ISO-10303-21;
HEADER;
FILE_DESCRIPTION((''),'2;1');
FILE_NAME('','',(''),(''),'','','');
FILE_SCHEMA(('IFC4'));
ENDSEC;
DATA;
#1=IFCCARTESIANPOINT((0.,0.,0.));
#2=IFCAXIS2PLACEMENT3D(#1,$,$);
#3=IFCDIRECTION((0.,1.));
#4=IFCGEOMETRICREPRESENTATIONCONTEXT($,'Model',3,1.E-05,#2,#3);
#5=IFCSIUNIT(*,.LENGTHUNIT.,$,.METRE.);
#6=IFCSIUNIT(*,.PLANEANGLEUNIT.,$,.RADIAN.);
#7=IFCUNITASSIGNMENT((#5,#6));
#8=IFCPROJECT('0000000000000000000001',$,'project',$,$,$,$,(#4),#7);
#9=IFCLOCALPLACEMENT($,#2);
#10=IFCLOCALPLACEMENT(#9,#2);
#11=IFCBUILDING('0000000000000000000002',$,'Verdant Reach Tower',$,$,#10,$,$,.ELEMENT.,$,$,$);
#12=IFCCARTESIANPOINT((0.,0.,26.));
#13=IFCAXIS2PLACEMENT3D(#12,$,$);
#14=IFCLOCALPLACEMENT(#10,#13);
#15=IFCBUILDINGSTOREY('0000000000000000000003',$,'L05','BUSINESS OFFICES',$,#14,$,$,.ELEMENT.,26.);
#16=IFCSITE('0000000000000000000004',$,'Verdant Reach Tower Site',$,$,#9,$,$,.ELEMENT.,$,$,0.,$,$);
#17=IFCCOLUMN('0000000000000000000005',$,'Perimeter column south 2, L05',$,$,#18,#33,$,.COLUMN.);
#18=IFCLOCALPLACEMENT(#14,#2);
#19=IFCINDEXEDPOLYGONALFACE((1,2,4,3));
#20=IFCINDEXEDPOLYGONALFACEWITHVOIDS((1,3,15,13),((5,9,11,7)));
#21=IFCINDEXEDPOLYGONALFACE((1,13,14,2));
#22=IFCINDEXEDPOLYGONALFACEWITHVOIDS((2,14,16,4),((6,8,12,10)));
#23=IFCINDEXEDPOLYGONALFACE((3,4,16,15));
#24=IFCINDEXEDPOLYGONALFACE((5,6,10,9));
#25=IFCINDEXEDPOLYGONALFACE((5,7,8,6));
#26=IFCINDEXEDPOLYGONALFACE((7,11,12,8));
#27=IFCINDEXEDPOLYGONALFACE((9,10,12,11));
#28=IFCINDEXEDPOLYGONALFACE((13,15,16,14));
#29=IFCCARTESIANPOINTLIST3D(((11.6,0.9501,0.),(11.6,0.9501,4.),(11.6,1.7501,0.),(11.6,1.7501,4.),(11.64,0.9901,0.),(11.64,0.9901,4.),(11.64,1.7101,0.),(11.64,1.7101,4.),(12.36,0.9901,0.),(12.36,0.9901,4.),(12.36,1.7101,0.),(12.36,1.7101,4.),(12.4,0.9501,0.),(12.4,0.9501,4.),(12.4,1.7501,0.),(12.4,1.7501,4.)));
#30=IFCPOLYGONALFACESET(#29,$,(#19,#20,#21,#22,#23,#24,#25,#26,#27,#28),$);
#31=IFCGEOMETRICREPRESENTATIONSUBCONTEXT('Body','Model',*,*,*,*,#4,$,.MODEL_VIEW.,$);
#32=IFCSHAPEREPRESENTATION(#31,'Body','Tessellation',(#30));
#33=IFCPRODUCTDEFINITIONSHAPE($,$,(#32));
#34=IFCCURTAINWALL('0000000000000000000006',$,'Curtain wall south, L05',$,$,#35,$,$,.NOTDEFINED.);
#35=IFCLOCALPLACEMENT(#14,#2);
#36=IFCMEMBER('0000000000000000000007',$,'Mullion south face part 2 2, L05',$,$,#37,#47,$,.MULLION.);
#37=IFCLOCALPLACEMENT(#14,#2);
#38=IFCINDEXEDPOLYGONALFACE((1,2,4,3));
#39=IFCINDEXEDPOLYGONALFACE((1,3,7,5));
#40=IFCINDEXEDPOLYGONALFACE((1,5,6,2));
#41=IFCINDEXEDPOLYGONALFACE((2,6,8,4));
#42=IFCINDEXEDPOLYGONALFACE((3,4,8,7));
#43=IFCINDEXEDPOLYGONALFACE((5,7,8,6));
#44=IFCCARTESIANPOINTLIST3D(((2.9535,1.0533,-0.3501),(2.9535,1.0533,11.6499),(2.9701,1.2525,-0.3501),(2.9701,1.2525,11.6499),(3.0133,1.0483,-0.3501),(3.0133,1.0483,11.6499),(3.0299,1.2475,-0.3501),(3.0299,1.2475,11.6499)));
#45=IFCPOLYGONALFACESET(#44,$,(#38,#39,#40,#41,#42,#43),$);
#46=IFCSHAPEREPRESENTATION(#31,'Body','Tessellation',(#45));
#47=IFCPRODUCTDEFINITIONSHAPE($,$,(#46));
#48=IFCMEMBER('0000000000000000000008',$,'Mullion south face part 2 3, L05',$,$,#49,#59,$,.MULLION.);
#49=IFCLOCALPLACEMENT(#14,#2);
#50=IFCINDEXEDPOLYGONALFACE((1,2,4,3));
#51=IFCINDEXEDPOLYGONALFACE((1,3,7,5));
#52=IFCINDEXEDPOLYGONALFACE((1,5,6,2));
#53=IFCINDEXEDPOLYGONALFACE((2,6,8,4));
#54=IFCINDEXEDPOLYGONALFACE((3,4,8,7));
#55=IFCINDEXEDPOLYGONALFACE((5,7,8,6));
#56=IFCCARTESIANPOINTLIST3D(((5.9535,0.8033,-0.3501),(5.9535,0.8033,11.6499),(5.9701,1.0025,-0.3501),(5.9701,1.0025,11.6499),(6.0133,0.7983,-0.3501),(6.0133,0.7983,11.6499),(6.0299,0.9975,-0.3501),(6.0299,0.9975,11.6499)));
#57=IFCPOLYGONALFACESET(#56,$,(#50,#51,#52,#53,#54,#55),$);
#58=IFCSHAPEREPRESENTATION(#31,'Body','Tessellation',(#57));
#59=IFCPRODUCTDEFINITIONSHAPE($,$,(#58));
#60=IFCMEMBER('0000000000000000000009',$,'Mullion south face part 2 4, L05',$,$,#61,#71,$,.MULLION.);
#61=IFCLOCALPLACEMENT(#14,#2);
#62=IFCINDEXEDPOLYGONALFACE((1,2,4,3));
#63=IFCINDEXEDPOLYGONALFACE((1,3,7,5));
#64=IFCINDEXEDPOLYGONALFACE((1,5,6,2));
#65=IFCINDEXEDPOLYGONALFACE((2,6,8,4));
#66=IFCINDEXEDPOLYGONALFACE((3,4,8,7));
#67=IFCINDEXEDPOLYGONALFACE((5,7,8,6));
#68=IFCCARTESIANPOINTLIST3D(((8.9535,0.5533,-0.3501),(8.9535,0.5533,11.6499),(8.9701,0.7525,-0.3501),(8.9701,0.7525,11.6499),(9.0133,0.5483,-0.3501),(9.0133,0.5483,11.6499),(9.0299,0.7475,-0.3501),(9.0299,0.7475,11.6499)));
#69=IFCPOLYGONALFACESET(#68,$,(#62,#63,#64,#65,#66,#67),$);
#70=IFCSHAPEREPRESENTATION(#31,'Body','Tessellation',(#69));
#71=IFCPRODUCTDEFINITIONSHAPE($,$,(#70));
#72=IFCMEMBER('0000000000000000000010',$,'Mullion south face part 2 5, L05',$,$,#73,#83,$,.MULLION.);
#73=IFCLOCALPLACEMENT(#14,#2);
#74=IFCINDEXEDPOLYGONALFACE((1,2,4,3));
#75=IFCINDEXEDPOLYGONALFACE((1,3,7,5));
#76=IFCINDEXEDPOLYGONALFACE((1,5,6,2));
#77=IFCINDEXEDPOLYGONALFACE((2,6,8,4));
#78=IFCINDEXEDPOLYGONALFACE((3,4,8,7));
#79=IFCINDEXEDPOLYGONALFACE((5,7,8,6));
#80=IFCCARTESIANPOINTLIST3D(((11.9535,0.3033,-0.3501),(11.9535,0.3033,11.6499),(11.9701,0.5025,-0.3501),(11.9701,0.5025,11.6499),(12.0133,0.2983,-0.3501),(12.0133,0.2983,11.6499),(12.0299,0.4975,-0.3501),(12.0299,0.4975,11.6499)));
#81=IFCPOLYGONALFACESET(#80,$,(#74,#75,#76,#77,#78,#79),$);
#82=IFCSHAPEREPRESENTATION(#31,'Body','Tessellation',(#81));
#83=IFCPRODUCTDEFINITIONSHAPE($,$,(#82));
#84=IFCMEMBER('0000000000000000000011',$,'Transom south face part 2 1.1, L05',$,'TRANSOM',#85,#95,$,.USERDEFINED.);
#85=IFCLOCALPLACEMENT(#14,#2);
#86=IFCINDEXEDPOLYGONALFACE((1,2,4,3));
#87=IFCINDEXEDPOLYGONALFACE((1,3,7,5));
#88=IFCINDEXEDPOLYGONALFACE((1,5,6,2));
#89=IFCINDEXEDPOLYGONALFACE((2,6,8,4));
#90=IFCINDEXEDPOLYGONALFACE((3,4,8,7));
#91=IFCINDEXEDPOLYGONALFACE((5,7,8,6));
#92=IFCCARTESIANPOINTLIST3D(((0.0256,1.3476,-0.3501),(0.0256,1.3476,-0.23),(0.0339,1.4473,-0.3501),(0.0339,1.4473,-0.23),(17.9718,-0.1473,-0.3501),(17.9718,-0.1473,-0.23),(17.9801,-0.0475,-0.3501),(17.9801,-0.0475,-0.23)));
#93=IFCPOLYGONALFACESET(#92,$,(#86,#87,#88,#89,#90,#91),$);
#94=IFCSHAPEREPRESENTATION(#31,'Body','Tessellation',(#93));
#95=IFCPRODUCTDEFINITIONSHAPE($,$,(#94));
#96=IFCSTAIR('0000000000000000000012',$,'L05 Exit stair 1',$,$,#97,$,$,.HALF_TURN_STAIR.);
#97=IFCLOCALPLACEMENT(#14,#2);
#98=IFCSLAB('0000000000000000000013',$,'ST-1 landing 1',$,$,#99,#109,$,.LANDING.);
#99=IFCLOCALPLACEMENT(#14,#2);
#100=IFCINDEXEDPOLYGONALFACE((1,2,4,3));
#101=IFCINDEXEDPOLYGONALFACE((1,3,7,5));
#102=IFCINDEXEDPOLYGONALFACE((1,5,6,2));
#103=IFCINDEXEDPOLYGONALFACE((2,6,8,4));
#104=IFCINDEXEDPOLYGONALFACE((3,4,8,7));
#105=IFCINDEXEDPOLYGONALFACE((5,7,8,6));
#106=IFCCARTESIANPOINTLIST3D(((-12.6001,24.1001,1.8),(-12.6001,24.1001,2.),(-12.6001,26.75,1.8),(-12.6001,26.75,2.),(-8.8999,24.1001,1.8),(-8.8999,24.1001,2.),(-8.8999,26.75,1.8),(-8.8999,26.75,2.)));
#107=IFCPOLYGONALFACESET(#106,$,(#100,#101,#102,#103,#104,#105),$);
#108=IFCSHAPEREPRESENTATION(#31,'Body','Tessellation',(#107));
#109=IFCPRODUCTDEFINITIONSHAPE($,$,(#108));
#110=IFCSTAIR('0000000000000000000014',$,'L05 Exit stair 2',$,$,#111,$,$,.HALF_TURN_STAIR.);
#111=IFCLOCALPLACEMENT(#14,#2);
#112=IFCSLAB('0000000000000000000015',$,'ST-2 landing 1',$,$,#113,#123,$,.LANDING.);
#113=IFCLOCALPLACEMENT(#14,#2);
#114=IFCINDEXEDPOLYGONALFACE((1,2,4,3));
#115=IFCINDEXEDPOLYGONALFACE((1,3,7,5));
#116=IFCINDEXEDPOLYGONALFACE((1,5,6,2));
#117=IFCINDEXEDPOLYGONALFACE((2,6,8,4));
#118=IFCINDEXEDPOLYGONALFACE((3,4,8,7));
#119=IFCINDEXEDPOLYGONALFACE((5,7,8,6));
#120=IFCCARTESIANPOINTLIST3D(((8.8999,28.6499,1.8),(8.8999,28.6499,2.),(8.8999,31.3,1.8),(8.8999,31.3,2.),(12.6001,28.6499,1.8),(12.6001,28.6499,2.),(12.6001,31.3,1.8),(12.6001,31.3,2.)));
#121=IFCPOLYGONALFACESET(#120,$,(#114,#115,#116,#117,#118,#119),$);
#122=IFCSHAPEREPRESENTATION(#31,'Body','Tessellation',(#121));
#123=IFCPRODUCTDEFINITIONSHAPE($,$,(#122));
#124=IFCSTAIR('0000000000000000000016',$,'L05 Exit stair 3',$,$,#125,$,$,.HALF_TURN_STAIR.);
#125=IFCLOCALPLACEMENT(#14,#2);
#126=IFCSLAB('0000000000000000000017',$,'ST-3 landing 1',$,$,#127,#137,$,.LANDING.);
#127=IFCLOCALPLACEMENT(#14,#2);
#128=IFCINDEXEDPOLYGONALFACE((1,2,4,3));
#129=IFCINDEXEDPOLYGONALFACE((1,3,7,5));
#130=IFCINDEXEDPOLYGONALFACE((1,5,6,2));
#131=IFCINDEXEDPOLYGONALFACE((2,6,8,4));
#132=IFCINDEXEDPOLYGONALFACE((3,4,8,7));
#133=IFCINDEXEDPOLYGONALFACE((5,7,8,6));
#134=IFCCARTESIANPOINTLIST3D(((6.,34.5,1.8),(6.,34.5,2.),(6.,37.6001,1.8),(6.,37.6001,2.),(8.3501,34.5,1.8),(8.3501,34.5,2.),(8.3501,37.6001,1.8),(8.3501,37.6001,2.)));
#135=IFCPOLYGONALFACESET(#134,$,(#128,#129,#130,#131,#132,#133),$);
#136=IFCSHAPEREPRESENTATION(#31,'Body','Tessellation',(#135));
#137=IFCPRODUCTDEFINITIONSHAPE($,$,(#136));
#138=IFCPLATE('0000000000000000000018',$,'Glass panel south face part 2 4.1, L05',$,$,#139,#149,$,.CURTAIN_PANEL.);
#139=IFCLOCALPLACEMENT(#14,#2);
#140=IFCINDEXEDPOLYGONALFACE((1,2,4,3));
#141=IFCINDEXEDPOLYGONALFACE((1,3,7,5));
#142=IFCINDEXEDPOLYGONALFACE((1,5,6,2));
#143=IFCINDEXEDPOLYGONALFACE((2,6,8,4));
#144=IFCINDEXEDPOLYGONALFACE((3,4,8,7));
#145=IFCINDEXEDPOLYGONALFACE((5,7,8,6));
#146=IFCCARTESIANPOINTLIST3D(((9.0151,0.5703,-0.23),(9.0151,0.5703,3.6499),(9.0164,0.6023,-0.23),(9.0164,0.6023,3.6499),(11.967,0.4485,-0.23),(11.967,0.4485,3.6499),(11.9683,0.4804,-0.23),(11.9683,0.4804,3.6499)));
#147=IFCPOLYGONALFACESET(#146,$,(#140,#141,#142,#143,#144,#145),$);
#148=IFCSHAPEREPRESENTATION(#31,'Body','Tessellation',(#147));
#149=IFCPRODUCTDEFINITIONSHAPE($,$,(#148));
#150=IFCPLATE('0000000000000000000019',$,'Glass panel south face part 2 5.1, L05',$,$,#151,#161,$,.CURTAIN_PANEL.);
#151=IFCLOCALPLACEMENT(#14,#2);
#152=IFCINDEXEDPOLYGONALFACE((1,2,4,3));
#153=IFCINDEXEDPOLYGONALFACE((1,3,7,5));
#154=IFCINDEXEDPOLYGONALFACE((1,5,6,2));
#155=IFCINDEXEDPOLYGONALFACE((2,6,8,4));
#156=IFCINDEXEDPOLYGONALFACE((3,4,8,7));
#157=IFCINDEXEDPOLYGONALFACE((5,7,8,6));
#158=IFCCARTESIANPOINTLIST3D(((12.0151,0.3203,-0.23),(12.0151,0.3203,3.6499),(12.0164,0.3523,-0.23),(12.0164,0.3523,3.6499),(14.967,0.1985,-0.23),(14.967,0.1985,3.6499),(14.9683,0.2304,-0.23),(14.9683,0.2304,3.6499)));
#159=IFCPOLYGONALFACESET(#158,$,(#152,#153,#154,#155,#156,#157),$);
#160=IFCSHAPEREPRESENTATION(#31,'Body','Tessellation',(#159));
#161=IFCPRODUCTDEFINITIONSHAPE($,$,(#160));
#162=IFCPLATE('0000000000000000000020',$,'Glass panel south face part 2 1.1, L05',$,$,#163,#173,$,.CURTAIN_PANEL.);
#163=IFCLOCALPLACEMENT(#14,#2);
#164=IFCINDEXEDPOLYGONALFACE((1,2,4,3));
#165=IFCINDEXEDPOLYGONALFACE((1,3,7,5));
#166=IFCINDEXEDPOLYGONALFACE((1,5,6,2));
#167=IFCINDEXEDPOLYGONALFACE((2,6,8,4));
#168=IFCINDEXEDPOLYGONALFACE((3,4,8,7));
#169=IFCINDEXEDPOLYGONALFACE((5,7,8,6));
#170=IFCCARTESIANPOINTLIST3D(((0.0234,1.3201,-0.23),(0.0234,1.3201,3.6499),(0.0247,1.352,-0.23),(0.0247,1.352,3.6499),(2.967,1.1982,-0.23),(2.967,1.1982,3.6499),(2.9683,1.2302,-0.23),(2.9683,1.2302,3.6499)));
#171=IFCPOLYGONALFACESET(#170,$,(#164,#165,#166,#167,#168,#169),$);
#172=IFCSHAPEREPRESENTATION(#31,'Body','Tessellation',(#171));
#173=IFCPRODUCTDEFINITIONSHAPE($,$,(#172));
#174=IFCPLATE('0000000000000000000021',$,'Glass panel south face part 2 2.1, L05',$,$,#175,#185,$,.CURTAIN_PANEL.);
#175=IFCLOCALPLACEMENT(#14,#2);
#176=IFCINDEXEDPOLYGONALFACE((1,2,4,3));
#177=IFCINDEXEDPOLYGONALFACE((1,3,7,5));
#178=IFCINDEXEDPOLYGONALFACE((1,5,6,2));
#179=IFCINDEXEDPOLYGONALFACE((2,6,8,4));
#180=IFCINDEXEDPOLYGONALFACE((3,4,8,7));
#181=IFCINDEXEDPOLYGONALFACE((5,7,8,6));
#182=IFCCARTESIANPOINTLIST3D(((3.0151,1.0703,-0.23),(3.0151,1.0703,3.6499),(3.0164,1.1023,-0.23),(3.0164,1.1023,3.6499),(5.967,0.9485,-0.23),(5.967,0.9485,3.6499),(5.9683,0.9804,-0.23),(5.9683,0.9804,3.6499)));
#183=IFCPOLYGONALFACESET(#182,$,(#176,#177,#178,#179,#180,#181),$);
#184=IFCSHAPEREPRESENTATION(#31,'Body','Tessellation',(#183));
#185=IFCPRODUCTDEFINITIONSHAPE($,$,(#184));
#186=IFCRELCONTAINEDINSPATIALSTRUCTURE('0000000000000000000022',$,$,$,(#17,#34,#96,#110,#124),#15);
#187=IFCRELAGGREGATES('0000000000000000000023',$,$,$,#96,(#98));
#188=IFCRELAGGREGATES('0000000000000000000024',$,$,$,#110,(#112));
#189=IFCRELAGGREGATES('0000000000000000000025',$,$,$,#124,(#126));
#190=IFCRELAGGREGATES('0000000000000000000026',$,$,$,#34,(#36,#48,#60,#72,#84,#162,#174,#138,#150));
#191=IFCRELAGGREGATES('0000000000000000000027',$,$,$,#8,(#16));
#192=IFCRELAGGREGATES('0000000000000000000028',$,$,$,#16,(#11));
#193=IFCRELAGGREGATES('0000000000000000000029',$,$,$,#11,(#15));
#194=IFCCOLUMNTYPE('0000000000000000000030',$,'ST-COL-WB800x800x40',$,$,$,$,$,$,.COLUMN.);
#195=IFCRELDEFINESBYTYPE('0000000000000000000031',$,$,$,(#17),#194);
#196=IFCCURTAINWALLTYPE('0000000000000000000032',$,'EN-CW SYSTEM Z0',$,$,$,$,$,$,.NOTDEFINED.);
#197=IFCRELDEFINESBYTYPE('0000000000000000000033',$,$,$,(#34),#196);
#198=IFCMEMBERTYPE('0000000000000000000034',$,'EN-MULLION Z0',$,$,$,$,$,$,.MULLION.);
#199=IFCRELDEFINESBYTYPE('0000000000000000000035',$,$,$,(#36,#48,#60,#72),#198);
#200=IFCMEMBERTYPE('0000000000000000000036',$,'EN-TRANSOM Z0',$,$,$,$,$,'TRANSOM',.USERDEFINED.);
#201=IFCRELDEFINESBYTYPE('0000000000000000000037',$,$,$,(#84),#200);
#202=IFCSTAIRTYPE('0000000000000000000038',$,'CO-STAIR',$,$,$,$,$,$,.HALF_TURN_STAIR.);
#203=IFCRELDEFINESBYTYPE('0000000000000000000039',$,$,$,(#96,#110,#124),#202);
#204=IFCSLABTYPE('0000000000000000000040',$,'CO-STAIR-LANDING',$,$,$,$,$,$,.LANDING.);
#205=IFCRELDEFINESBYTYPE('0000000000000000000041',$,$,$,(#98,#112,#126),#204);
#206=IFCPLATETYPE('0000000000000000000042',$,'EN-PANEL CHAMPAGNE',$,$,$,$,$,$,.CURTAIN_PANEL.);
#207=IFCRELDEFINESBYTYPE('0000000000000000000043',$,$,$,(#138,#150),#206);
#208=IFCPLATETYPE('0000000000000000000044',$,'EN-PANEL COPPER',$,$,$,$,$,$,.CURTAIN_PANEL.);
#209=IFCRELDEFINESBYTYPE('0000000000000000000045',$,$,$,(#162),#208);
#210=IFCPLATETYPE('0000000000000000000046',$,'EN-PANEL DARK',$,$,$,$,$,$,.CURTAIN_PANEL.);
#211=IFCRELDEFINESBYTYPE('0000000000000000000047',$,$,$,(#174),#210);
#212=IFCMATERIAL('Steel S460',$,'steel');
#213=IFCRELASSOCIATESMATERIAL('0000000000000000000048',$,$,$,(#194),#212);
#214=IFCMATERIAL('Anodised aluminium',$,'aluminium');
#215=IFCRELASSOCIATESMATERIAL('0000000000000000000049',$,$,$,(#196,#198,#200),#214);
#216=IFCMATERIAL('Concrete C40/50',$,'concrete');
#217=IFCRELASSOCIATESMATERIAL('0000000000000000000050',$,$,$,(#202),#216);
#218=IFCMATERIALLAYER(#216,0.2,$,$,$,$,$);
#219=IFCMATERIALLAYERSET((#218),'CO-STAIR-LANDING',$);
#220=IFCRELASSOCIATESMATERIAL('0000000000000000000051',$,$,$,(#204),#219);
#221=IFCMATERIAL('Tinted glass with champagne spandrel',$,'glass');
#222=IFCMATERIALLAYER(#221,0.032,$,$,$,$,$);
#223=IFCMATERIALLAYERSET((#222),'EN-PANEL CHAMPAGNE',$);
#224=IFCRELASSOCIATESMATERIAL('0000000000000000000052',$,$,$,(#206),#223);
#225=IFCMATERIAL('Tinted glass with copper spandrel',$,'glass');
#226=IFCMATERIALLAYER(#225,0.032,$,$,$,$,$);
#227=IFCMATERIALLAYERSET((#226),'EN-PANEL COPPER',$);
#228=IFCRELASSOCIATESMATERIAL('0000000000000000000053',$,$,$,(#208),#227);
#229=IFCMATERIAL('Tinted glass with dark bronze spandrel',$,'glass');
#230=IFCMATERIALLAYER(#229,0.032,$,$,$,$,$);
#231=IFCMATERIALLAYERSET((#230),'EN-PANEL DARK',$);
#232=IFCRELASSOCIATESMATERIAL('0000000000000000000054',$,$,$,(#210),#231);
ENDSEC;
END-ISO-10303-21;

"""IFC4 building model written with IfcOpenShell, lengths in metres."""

from ifc_helpers import new_model, si_unit, direction, frame, origin, origin_2d, place, context, subcontext, project, spatial, polyline, rectangle, hollow_rectangle, outline, extrude, material, layer, layer_set, material_profile, profile_set, type_object, element, aggregate, save


model = new_model("IFC4")

# Units and contexts
model_context = context("Model", 3, precision=1e-05, world=origin(), true_north=direction((0.0, 1.0)))
body_context = subcontext(model_context, "Body", "Model", "MODEL_VIEW")
ifc_project = project(units=[si_unit("LENGTHUNIT", "METRE"), si_unit("PLANEANGLEUNIT", "RADIAN")], contexts=[model_context])

# Site, building, storey
site_placement = place(None, origin())
site = spatial("IfcSite", under=ifc_project, at=site_placement, Name="Verdant Reach Tower Site", CompositionType="ELEMENT", RefElevation=0.0)
building_placement = place(site_placement, origin())
building = spatial("IfcBuilding", under=site, at=building_placement, Name="Verdant Reach Tower", CompositionType="ELEMENT")
storey_placement = place(building_placement, frame((0.0, 0.0, 26.0)))
storey = spatial("IfcBuildingStorey", under=building, at=storey_placement, Name="L05", Description="BUSINESS OFFICES", CompositionType="ELEMENT", Elevation=26.0)

# Column
ifc_material_1 = material(Name="Steel S460", Category="steel")
ifc_material_profile_1 = material_profile(ifc_material_1, hollow_rectangle(XDim=0.8, YDim=0.8, WallThickness=0.04, at=origin_2d()), Name="WB 800x800x40")
ifc_profile_set_1 = profile_set([ifc_material_profile_1], Name="Steel S460")
column_type = type_object("IfcColumnType", Name="ST-COL-WB800x800x40", PredefinedType="COLUMN", material=ifc_profile_set_1)
column_placement = place(storey_placement, frame((12.0, 1.3501, 0.0), z_axis=(0.0, 0.0, 1.0), x_axis=(1.0, 0.0, 0.0)))
element("IfcColumn", 1, at=column_placement, inside=storey, type_object=column_type, Name="Perimeter column south 2, L05", PredefinedType="COLUMN", context=body_context, shape_type="SweptSolid", body=[
    extrude(hollow_rectangle(XDim=0.8, YDim=0.8, WallThickness=0.04, at=origin_2d()), origin(), (0.0, 0.0, 1.0), 4.0),
])

# Curtain wall, members
ifc_material_2 = material(Name="Anodised aluminium", Category="aluminium")
curtain_wall_type = type_object("IfcCurtainWallType", Name="EN-CW SYSTEM Z0", PredefinedType="NOTDEFINED", material=ifc_material_2)
curtain_wall_placement = place(storey_placement, origin())
curtain_wall = element("IfcCurtainWall", 2, at=curtain_wall_placement, inside=storey, type_object=curtain_wall_type, Name="Curtain wall south, L05", PredefinedType="NOTDEFINED")
ifc_material_profile_2 = material_profile(ifc_material_2, rectangle(XDim=0.2, YDim=0.0601, at=origin_2d()), Name="Mullion 60x200")
ifc_profile_set_2 = profile_set([ifc_material_profile_2], Name="Anodised aluminium")
member_type_1 = type_object("IfcMemberType", Name="EN-MULLION Z0", PredefinedType="MULLION", material=ifc_profile_set_2)
member_1_placement = place(storey_placement, frame((2.9917, 1.1504, -0.3501), z_axis=(0.0, 0.0, 1.0), x_axis=(-0.083045, -0.996546, 0.0)))
member_1 = element("IfcMember", 3, at=member_1_placement, type_object=member_type_1, Name="Mullion south face part 2 2, L05", PredefinedType="MULLION", context=body_context, shape_type="SweptSolid", body=[
    extrude(rectangle(XDim=0.2, YDim=0.0601, at=origin_2d()), origin(), (0.0, 0.0, 1.0), 12.0),
])
member_2_placement = place(storey_placement, frame((5.9917, 0.9004, -0.3501), z_axis=(0.0, 0.0, 1.0), x_axis=(-0.083045, -0.996546, 0.0)))
member_2 = element("IfcMember", 4, at=member_2_placement, type_object=member_type_1, Name="Mullion south face part 2 3, L05", PredefinedType="MULLION", context=body_context, shape_type="SweptSolid", body=[
    extrude(rectangle(XDim=0.2, YDim=0.0601, at=origin_2d()), origin(), (0.0, 0.0, 1.0), 12.0),
])
member_3_placement = place(storey_placement, frame((8.9917, 0.6504, -0.3501), z_axis=(0.0, 0.0, 1.0), x_axis=(-0.083045, -0.996546, 0.0)))
member_3 = element("IfcMember", 5, at=member_3_placement, type_object=member_type_1, Name="Mullion south face part 2 4, L05", PredefinedType="MULLION", context=body_context, shape_type="SweptSolid", body=[
    extrude(rectangle(XDim=0.2, YDim=0.0601, at=origin_2d()), origin(), (0.0, 0.0, 1.0), 12.0),
])
member_4_placement = place(storey_placement, frame((11.9917, 0.4004, -0.3501), z_axis=(0.0, 0.0, 1.0), x_axis=(-0.083045, -0.996546, 0.0)))
member_4 = element("IfcMember", 6, at=member_4_placement, type_object=member_type_1, Name="Mullion south face part 2 5, L05", PredefinedType="MULLION", context=body_context, shape_type="SweptSolid", body=[
    extrude(rectangle(XDim=0.2, YDim=0.0601, at=origin_2d()), origin(), (0.0, 0.0, 1.0), 12.0),
])
ifc_material_profile_3 = material_profile(ifc_material_2, rectangle(XDim=0.1001, YDim=0.1201, at=origin_2d()), Name="Transom 120x100")
ifc_profile_set_3 = profile_set([ifc_material_profile_3], Name="Anodised aluminium")
member_type_2 = type_object("IfcMemberType", Name="EN-TRANSOM Z0", ElementType="TRANSOM", PredefinedType="USERDEFINED", material=ifc_profile_set_3)
member_5_placement = place(storey_placement, frame((0.0298, 1.3975, -0.29), z_axis=(0.996549, -0.083011, 0.0), x_axis=(0.083011, 0.996549, 0.0)))
member_5 = element("IfcMember", 7, at=member_5_placement, type_object=member_type_2, Name="Transom south face part 2 1.1, L05", ObjectType="TRANSOM", PredefinedType="USERDEFINED", context=body_context, shape_type="SweptSolid", body=[
    extrude(rectangle(XDim=0.1001, YDim=0.1201, at=origin_2d()), origin(), (0.0, 0.0, 1.0), 18.0083),
])

# Stairs, slabs
ifc_material_3 = material(Name="Concrete C40/50", Category="concrete")
stair_type = type_object("IfcStairType", Name="CO-STAIR", PredefinedType="HALF_TURN_STAIR", material=ifc_material_3)
stair_1_placement = place(storey_placement, origin())
stair_1 = element("IfcStair", 8, at=stair_1_placement, inside=storey, type_object=stair_type, Name="L05 Exit stair 1", PredefinedType="HALF_TURN_STAIR")
ifc_layer_1 = layer(ifc_material_3, 0.2)
ifc_layer_set_1 = layer_set([ifc_layer_1], Name="CO-STAIR-LANDING")
slab_type = type_object("IfcSlabType", Name="CO-STAIR-LANDING", PredefinedType="LANDING", material=ifc_layer_set_1)
slab_1_placement = place(storey_placement, frame((0.0, 0.0, 1.8)))
slab_1 = element("IfcSlab", 9, at=slab_1_placement, type_object=slab_type, Name="ST-1 landing 1", PredefinedType="LANDING", context=body_context, shape_type="SweptSolid", body=[
    extrude(outline(polyline([(-12.6001, 26.75), (-12.6001, 24.1001), (-8.8999, 24.1001), (-8.8999, 26.75), (-12.6001, 26.75)])), origin(), (0.0, 0.0, 1.0), 0.2),
])
aggregate(stair_1, [slab_1])
stair_2_placement = place(storey_placement, origin())
stair_2 = element("IfcStair", 10, at=stair_2_placement, inside=storey, type_object=stair_type, Name="L05 Exit stair 2", PredefinedType="HALF_TURN_STAIR")
slab_2_placement = place(storey_placement, frame((0.0, 0.0, 1.8)))
slab_2 = element("IfcSlab", 11, at=slab_2_placement, type_object=slab_type, Name="ST-2 landing 1", PredefinedType="LANDING", context=body_context, shape_type="SweptSolid", body=[
    extrude(outline(polyline([(12.6001, 28.6499), (12.6001, 31.3), (8.8999, 31.3), (8.8999, 28.6499), (12.6001, 28.6499)])), origin(), (0.0, 0.0, 1.0), 0.2),
])
aggregate(stair_2, [slab_2])
stair_3_placement = place(storey_placement, origin())
stair_3 = element("IfcStair", 12, at=stair_3_placement, inside=storey, type_object=stair_type, Name="L05 Exit stair 3", PredefinedType="HALF_TURN_STAIR")
slab_3_placement = place(storey_placement, frame((0.0, 0.0, 1.8)))
slab_3 = element("IfcSlab", 13, at=slab_3_placement, type_object=slab_type, Name="ST-3 landing 1", PredefinedType="LANDING", context=body_context, shape_type="SweptSolid", body=[
    extrude(outline(polyline([(8.3501, 37.6001), (6.0, 37.6001), (6.0, 34.5), (8.3501, 34.5), (8.3501, 37.6001)])), origin(), (0.0, 0.0, 1.0), 0.2),
])
aggregate(stair_3, [slab_3])

# Plates
ifc_material_4 = material(Name="Tinted glass with champagne spandrel", Category="glass")
ifc_layer_2 = layer(ifc_material_4, 0.032)
ifc_layer_set_2 = layer_set([ifc_layer_2], Name="EN-PANEL CHAMPAGNE")
plate_type_1 = type_object("IfcPlateType", Name="EN-PANEL CHAMPAGNE", PredefinedType="CURTAIN_PANEL", material=ifc_layer_set_2)
plate_1_placement = place(storey_placement, frame((10.4917, 0.5254, -0.23), z_axis=(0.0, 0.0, 1.0), x_axis=(0.999149, -0.041242, 0.0)))
plate_1 = element("IfcPlate", 14, at=plate_1_placement, type_object=plate_type_1, Name="Glass panel south face part 2 4.1, L05", PredefinedType="CURTAIN_PANEL", context=body_context, shape_type="SweptSolid", body=[
    extrude(rectangle(XDim=2.9543, YDim=0.032, at=origin_2d()), origin(), (0.0, 0.0, 1.0), 3.8799),
])
plate_2_placement = place(storey_placement, frame((13.4917, 0.2754, -0.23), z_axis=(0.0, 0.0, 1.0), x_axis=(0.999149, -0.041242, 0.0)))
plate_2 = element("IfcPlate", 15, at=plate_2_placement, type_object=plate_type_1, Name="Glass panel south face part 2 5.1, L05", PredefinedType="CURTAIN_PANEL", context=body_context, shape_type="SweptSolid", body=[
    extrude(rectangle(XDim=2.9543, YDim=0.032, at=origin_2d()), origin(), (0.0, 0.0, 1.0), 3.8799),
])
ifc_material_5 = material(Name="Tinted glass with copper spandrel", Category="glass")
ifc_layer_3 = layer(ifc_material_5, 0.032)
ifc_layer_set_3 = layer_set([ifc_layer_3], Name="EN-PANEL COPPER")
plate_type_2 = type_object("IfcPlateType", Name="EN-PANEL COPPER", PredefinedType="CURTAIN_PANEL", material=ifc_layer_set_3)
plate_3_placement = place(storey_placement, frame((1.4958, 1.2751, -0.23), z_axis=(0.0, 0.0, 1.0), x_axis=(0.999144, -0.041357, 0.0)))
plate_3 = element("IfcPlate", 16, at=plate_3_placement, type_object=plate_type_2, Name="Glass panel south face part 2 1.1, L05", PredefinedType="CURTAIN_PANEL", context=body_context, shape_type="SweptSolid", body=[
    extrude(rectangle(XDim=2.946, YDim=0.032, at=origin_2d()), origin(), (0.0, 0.0, 1.0), 3.8799),
])
ifc_material_6 = material(Name="Tinted glass with dark bronze spandrel", Category="glass")
ifc_layer_4 = layer(ifc_material_6, 0.032)
ifc_layer_set_4 = layer_set([ifc_layer_4], Name="EN-PANEL DARK")
plate_type_3 = type_object("IfcPlateType", Name="EN-PANEL DARK", PredefinedType="CURTAIN_PANEL", material=ifc_layer_set_4)
plate_4_placement = place(storey_placement, frame((4.4917, 1.0254, -0.23), z_axis=(0.0, 0.0, 1.0), x_axis=(0.999149, -0.041242, 0.0)))
plate_4 = element("IfcPlate", 17, at=plate_4_placement, type_object=plate_type_3, Name="Glass panel south face part 2 2.1, L05", PredefinedType="CURTAIN_PANEL", context=body_context, shape_type="SweptSolid", body=[
    extrude(rectangle(XDim=2.9543, YDim=0.032, at=origin_2d()), origin(), (0.0, 0.0, 1.0), 3.8799),
])
aggregate(curtain_wall, [member_1, member_2, member_3, member_4, member_5, plate_3, plate_4, plate_1, plate_2])

save(model, "model.ifc")
